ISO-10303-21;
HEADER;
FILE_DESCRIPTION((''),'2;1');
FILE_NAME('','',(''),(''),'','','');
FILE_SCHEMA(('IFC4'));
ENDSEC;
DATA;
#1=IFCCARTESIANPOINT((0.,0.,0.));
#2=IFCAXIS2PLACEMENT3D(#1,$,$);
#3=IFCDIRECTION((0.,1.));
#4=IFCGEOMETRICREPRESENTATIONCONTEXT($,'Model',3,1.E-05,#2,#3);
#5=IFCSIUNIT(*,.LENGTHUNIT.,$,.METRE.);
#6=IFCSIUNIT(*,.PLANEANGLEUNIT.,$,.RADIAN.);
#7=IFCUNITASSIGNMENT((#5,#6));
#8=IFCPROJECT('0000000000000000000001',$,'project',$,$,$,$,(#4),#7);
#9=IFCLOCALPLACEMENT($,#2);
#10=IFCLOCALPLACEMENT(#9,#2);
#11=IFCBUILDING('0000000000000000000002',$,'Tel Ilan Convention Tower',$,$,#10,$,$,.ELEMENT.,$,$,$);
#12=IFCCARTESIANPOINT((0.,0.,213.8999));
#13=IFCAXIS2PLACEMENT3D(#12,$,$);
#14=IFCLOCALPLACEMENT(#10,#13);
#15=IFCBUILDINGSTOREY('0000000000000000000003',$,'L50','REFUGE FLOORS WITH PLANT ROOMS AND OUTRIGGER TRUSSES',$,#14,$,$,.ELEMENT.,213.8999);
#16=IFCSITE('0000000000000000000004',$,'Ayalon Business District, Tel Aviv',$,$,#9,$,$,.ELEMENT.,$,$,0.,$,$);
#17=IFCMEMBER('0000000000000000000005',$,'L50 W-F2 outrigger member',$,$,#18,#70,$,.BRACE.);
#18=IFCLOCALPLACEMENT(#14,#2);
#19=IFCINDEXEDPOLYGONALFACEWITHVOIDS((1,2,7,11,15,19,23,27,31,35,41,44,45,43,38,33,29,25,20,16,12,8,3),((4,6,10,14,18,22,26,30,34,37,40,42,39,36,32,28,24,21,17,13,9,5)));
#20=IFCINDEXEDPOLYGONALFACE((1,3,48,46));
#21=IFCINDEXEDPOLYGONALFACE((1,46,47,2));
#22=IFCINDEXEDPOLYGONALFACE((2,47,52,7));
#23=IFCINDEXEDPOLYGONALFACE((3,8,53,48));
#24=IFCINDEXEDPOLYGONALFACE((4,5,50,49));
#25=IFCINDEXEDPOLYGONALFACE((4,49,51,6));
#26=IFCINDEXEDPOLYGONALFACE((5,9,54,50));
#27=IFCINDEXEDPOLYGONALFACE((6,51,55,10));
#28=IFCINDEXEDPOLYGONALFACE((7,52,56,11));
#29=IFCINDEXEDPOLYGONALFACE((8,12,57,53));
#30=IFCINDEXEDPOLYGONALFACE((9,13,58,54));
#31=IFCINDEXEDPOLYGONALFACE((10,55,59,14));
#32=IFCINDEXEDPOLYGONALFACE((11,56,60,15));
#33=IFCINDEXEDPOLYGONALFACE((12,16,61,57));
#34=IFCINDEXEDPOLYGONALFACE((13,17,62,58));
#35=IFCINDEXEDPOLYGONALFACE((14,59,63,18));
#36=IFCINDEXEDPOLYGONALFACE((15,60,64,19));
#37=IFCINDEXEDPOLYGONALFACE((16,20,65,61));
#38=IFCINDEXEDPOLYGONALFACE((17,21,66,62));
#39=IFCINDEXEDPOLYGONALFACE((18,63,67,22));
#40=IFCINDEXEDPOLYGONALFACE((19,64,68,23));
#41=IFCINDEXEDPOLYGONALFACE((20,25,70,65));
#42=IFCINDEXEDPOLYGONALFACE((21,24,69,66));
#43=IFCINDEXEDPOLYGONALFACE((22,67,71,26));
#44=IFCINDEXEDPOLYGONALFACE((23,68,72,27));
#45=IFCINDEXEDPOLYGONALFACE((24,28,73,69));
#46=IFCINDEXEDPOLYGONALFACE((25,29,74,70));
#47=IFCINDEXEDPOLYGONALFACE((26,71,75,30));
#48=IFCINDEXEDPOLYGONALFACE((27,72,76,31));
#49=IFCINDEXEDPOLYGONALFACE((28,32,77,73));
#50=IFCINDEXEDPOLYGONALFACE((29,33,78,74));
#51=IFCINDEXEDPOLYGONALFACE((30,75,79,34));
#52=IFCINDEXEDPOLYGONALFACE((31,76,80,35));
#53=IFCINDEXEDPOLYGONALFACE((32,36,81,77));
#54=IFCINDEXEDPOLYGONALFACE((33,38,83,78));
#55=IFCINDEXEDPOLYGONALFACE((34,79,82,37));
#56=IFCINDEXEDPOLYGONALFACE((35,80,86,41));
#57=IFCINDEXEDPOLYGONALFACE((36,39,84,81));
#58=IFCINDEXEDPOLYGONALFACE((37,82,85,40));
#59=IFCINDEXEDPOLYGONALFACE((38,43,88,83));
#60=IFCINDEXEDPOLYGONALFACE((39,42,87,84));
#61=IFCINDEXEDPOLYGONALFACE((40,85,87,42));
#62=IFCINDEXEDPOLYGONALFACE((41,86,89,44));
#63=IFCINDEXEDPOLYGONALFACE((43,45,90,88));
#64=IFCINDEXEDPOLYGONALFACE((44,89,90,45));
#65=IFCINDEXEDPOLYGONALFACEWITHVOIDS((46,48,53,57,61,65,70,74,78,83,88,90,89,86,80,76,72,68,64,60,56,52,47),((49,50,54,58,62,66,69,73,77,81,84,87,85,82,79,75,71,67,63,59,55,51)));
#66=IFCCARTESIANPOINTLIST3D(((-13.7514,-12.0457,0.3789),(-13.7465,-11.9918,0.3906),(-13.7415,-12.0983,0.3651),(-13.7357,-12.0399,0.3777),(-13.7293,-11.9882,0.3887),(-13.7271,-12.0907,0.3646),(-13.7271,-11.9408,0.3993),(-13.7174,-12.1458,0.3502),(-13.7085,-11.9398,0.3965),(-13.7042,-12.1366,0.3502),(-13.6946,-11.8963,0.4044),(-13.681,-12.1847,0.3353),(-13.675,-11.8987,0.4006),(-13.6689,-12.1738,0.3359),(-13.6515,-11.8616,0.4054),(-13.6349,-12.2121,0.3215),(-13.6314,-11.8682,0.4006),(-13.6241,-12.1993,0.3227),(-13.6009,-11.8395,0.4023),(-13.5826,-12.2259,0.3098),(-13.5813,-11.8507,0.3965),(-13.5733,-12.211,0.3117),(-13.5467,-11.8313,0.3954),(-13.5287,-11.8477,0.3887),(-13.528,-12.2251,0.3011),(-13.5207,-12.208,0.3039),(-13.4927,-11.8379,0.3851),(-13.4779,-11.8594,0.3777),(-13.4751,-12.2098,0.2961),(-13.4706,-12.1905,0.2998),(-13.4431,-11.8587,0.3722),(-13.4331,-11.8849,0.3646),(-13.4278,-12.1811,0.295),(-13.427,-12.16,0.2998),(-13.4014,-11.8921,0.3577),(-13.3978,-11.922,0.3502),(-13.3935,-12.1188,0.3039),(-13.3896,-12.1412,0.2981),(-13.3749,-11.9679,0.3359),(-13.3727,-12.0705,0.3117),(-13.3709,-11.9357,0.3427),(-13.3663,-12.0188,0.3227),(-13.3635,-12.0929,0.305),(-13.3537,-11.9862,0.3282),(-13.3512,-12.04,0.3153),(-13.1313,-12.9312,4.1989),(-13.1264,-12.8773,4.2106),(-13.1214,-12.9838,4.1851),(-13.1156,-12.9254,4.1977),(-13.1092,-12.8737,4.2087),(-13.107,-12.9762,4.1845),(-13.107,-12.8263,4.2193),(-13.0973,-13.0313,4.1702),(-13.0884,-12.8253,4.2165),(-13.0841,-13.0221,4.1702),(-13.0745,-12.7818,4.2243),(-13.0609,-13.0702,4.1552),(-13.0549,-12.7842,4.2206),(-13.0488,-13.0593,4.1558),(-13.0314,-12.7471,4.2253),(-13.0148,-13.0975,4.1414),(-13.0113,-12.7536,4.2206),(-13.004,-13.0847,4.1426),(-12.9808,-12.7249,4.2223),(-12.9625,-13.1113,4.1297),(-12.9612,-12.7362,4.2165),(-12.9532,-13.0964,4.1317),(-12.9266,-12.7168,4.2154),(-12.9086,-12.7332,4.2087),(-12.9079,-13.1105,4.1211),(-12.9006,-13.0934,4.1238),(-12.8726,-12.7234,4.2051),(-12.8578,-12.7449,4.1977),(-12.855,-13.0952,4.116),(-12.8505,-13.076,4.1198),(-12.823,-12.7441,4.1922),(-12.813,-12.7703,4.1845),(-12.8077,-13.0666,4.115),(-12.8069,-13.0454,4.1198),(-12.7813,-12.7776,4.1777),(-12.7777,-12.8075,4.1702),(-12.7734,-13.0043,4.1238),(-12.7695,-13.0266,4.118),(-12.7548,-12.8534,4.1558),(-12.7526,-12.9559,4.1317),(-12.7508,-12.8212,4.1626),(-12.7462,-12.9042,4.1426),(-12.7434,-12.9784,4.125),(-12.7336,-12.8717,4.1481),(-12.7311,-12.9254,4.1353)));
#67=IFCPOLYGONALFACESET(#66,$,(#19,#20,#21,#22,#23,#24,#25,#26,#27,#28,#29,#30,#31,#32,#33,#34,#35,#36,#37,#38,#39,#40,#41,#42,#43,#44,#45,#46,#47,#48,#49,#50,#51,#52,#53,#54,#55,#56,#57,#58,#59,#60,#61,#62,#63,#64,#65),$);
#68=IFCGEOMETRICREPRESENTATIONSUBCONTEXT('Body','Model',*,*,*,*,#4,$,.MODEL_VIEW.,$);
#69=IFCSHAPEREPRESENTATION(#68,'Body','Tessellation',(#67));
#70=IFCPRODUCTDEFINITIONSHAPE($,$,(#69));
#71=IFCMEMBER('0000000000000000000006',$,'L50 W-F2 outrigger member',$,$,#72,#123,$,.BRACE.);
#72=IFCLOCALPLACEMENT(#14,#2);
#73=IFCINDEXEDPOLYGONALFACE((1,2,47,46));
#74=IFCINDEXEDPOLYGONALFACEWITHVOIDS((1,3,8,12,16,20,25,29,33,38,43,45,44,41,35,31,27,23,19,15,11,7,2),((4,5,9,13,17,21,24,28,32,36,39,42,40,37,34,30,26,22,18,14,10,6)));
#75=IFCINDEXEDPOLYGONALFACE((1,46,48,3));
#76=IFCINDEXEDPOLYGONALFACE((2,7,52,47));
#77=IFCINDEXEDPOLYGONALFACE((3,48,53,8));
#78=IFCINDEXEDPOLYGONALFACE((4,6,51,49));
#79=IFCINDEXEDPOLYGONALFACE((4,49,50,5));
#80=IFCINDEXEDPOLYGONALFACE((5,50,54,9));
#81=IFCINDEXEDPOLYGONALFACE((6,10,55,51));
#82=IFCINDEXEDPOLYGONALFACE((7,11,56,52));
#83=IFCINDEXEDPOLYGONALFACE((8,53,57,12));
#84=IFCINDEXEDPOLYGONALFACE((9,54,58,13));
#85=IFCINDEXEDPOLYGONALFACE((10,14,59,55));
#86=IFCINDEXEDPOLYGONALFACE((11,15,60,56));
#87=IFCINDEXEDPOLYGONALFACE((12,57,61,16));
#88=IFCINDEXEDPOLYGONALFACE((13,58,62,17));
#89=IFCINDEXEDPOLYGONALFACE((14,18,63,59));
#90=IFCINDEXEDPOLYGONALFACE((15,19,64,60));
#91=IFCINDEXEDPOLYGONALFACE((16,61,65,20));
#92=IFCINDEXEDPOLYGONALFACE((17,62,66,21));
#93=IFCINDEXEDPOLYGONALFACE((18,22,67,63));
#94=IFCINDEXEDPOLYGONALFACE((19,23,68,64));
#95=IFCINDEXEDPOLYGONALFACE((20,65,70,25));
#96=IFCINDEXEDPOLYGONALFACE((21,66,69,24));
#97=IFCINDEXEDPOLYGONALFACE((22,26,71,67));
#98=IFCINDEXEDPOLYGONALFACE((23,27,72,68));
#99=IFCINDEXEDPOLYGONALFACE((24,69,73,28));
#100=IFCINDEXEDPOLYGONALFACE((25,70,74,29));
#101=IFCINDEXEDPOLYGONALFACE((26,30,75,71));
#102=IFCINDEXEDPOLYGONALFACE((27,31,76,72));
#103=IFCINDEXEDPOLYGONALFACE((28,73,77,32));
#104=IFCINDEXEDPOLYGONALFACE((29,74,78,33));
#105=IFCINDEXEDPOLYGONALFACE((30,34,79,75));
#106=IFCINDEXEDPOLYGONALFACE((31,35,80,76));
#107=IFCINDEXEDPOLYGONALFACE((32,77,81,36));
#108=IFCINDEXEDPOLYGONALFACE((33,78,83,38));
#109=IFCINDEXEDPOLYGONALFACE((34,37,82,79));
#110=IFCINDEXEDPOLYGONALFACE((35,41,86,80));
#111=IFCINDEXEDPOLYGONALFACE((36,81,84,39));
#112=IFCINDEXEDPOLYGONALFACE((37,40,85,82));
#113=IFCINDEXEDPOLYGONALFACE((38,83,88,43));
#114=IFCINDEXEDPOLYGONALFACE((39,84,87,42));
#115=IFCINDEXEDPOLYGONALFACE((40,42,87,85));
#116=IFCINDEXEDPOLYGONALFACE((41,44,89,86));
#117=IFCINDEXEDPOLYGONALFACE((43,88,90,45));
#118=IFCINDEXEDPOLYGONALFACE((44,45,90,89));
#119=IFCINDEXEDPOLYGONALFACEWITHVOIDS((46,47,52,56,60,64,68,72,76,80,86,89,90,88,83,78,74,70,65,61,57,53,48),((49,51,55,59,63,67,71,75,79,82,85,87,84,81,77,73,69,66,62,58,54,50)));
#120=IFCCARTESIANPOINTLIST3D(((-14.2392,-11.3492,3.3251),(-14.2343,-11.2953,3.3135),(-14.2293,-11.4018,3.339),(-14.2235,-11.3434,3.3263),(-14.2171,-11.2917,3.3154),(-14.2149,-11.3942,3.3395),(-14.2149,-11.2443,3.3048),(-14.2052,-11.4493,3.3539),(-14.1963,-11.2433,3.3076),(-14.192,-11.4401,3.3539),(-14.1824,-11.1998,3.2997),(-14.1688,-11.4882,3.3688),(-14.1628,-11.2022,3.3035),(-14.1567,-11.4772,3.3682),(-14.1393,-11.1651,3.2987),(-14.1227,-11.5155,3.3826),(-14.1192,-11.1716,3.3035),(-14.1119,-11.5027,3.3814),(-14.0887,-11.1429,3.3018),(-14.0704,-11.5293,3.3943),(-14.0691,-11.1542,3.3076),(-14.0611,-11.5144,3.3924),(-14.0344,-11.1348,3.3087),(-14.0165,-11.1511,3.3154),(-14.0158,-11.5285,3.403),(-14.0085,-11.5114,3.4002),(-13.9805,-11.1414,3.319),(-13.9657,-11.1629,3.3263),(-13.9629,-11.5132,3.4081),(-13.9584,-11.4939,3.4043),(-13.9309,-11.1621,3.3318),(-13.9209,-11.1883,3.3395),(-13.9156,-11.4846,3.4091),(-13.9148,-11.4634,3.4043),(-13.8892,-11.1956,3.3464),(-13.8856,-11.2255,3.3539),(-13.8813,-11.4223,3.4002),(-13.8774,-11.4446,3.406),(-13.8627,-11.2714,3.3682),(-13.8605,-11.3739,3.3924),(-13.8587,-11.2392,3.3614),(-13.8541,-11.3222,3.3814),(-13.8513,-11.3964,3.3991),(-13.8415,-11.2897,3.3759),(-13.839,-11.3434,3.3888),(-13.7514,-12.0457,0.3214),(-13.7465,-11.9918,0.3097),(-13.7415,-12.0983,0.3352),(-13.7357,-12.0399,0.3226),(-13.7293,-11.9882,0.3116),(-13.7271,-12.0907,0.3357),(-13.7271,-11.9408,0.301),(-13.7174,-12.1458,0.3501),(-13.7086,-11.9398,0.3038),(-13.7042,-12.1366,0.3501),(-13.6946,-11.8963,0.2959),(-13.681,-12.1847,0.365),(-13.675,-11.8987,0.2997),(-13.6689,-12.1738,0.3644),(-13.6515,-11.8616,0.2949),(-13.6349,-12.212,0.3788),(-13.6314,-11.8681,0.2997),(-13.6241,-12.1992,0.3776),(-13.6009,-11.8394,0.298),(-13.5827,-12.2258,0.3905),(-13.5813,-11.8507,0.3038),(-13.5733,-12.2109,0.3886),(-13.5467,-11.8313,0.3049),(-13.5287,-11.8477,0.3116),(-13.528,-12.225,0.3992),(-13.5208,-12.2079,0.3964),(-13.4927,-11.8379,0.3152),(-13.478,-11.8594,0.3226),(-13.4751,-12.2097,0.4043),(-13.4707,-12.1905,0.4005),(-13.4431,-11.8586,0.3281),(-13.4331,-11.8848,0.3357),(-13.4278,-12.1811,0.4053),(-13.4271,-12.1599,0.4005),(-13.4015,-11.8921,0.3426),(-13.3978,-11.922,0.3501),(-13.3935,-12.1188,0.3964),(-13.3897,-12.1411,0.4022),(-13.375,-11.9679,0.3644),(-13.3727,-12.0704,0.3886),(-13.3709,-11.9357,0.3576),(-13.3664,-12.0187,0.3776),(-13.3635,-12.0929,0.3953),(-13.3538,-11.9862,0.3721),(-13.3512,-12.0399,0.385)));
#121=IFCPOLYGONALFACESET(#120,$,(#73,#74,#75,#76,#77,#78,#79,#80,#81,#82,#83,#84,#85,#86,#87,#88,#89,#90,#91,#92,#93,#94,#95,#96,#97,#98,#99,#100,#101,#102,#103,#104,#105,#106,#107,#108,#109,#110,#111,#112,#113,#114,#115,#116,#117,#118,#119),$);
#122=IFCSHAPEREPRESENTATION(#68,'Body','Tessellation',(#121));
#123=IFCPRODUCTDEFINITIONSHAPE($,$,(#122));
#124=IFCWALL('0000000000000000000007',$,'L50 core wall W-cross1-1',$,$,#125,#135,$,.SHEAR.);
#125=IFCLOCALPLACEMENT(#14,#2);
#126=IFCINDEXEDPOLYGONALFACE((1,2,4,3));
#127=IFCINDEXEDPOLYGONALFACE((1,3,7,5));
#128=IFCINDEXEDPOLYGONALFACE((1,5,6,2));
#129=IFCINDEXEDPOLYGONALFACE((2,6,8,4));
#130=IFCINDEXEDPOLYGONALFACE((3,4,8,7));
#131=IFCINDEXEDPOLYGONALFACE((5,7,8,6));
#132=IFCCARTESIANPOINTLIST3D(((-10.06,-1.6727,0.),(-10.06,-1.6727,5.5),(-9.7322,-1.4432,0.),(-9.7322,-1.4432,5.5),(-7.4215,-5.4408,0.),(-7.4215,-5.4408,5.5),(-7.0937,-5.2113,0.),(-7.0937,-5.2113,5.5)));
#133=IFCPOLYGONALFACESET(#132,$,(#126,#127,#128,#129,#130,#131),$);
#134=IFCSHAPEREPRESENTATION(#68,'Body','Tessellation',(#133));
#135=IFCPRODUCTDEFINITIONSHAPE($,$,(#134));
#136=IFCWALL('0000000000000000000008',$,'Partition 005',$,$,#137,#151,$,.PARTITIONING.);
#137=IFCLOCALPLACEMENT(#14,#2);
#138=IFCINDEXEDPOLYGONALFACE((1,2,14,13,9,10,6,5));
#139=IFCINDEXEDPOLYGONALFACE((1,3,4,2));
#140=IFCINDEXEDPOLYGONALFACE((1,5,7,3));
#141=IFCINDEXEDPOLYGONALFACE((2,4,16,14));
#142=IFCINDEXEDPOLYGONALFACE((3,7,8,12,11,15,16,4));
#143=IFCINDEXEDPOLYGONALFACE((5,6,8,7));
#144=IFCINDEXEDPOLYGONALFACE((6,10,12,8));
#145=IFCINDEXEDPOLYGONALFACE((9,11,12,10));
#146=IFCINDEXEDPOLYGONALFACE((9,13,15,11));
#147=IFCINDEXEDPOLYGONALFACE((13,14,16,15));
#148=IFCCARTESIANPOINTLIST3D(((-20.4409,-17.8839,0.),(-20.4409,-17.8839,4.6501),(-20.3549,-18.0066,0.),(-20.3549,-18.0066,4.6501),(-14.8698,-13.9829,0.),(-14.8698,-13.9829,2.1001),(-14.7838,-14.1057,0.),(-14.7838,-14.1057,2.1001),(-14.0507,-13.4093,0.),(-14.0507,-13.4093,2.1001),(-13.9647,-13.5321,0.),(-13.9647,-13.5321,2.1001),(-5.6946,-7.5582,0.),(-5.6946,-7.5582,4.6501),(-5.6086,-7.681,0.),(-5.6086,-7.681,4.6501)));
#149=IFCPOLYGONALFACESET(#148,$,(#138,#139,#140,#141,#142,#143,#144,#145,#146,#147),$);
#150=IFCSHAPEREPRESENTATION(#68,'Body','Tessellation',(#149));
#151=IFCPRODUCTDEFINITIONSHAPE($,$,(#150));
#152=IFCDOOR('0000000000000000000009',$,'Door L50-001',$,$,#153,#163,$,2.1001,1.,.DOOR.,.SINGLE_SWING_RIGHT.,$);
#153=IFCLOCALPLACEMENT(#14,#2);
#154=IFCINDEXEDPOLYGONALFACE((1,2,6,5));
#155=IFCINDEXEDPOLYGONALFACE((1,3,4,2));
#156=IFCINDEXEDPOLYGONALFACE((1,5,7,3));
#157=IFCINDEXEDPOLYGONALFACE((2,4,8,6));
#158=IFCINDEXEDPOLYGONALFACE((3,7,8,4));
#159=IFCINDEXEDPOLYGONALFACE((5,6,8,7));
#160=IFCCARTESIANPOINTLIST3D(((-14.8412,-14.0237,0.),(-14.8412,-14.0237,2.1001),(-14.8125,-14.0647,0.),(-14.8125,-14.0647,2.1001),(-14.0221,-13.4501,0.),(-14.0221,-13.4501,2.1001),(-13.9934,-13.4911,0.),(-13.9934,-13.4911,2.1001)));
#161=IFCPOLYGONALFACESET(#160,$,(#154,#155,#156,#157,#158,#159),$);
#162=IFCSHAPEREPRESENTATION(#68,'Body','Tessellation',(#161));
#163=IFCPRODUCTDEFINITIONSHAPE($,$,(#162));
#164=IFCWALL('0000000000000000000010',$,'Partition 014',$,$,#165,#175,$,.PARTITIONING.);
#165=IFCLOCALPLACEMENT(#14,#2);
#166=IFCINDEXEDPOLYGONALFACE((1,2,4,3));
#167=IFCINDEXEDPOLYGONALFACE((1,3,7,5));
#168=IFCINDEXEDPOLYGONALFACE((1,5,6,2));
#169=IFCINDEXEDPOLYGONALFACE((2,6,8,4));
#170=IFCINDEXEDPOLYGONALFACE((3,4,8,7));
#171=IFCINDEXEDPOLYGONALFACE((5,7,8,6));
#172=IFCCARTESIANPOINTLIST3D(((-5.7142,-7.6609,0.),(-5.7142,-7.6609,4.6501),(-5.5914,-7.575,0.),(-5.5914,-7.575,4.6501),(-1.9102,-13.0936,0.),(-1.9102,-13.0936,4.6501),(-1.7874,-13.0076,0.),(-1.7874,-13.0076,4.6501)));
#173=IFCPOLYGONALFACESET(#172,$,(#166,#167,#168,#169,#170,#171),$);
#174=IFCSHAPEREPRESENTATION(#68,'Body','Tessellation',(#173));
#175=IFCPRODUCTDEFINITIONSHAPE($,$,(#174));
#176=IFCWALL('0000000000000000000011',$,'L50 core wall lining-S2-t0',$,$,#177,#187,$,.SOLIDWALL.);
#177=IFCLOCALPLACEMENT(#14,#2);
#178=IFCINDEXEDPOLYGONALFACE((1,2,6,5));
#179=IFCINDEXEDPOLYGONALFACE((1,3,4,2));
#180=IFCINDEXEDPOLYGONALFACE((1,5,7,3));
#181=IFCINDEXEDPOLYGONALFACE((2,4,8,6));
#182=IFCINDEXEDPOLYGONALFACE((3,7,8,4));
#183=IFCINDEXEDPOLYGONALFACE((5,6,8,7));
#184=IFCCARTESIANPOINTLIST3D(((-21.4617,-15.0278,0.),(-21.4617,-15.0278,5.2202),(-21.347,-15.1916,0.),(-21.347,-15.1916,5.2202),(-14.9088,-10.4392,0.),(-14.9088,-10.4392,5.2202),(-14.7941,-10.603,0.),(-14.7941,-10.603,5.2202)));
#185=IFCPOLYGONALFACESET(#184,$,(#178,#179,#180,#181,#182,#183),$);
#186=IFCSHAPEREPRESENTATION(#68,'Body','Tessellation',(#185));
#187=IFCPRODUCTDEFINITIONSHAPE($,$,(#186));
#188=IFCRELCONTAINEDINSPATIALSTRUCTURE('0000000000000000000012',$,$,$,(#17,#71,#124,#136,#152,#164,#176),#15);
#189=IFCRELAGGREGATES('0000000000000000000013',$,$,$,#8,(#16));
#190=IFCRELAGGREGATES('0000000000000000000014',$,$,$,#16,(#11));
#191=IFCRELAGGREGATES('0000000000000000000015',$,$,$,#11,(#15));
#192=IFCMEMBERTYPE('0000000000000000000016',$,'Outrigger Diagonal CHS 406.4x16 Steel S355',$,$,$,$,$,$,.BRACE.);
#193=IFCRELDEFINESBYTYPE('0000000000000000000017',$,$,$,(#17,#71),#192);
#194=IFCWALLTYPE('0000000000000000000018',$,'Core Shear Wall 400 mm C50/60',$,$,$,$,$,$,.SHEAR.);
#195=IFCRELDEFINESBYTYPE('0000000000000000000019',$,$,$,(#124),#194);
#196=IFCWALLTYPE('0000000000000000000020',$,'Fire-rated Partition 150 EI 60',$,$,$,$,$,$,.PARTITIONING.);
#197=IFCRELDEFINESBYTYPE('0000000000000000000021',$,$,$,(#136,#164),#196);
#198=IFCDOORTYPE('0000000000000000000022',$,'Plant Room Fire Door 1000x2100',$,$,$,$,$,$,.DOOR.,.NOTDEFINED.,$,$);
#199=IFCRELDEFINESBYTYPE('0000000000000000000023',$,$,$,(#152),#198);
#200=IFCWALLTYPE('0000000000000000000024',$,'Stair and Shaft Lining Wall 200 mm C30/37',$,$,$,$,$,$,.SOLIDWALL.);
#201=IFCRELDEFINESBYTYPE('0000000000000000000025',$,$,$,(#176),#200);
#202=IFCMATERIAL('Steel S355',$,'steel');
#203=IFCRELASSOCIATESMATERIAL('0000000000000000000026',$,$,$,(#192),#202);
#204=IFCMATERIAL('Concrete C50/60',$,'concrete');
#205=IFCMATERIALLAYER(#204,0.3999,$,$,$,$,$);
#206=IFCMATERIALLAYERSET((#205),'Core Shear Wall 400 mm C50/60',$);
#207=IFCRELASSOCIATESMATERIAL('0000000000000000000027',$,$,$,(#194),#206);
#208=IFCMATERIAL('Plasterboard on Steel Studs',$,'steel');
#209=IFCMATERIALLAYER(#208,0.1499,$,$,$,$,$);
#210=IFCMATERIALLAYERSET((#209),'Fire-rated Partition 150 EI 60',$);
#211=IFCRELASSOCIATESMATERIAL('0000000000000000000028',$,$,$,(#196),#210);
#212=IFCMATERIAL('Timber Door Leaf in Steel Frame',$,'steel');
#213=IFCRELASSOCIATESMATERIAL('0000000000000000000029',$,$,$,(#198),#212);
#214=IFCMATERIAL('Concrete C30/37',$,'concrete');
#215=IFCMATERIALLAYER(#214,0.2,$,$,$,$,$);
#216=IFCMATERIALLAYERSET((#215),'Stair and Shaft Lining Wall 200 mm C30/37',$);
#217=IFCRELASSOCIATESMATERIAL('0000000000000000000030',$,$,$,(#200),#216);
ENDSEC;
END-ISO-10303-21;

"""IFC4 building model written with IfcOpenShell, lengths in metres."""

from ifc_helpers import new_model, si_unit, direction, frame, frame_2d, origin, origin_2d, place, context, subcontext, project, spatial, polyline, rectangle, hollow_circle, outline, extrude, material, layer, layer_set, material_profile, profile_set, type_object, element, fill, save


model = new_model("IFC4")

# Units and contexts
model_context = context("Model", 3, precision=1e-05, world=origin(), true_north=direction((0.0, 1.0)))
body_context = subcontext(model_context, "Body", "Model", "MODEL_VIEW")
ifc_project = project(units=[si_unit("LENGTHUNIT", "METRE"), si_unit("PLANEANGLEUNIT", "RADIAN")], contexts=[model_context])

# Site, building, storey
site_placement = place(None, origin())
site = spatial("IfcSite", under=ifc_project, at=site_placement, Name="Ayalon Business District, Tel Aviv", CompositionType="ELEMENT", RefElevation=0.0)
building_placement = place(site_placement, origin())
building = spatial("IfcBuilding", under=site, at=building_placement, Name="Tel Ilan Convention Tower", CompositionType="ELEMENT")
storey_placement = place(building_placement, frame((0.0, 0.0, 213.8999)))
storey = spatial("IfcBuildingStorey", under=building, at=storey_placement, Name="L50", Description="REFUGE FLOORS WITH PLANT ROOMS AND OUTRIGGER TRUSSES", CompositionType="ELEMENT", Elevation=213.8999)

# Members
ifc_material_1 = material(Name="Steel S355", Category="steel")
ifc_material_profile_1 = material_profile(ifc_material_1, hollow_circle(Radius=0.2031, WallThickness=0.0161, at=origin_2d()), Name="CHS 406.4x16")
ifc_profile_set_1 = profile_set([ifc_material_profile_1], Name="Steel S355")
member_type_1 = type_object("IfcMemberType", Name="Outrigger Diagonal CHS 406.4x16 Steel S355", PredefinedType="BRACE", material=ifc_profile_set_1)
member_1_placement = place(storey_placement, frame((-12.9309, -12.9148, 4.1702), z_axis=(-0.156197, 0.223043, -0.962213), x_axis=(-0.819115, -0.573629, 0.0)))
element("IfcMember", 1, at=member_1_placement, inside=storey, type_object=member_type_1, Name="L50 W-F2 outrigger member", PredefinedType="BRACE", context=body_context, shape_type="SweptSolid", body=[
    extrude(hollow_circle(Radius=0.2031, WallThickness=0.0161, at=origin_2d()), origin(), (0.0, 0.0, 1.0), 3.97),
])
member_2_placement = place(storey_placement, frame((-13.551, -12.0293, 0.3501), z_axis=(-0.156246, 0.223109, 0.96219), x_axis=(-0.819111, -0.573636, 0.0)))
element("IfcMember", 2, at=member_2_placement, inside=storey, type_object=member_type_1, Name="L50 W-F2 outrigger member", PredefinedType="BRACE", context=body_context, shape_type="SweptSolid", body=[
    extrude(hollow_circle(Radius=0.2031, WallThickness=0.0161, at=origin_2d()), origin(), (0.0, 0.0, 1.0), 3.1218),
])

# Wall
ifc_material_2 = material(Name="Concrete C50/60", Category="concrete")
ifc_layer_1 = layer(ifc_material_2, 0.3999)
ifc_layer_set_1 = layer_set([ifc_layer_1], Name="Core Shear Wall 400 mm C50/60")
wall_type_1 = type_object("IfcWallType", Name="Core Shear Wall 400 mm C50/60", PredefinedType="SHEAR", material=ifc_layer_set_1)
wall_1_placement = place(storey_placement, frame((-7.2578, -5.3259, 0.0), z_axis=(0.0, 0.0, 1.0), x_axis=(-0.573541, 0.819177, 0.0)))
element("IfcWall", 3, at=wall_1_placement, inside=storey, type_object=wall_type_1, Name="L50 core wall W-cross1-1", PredefinedType="SHEAR", context=body_context, shape_type="SweptSolid", body=[
    extrude(outline(polyline([(4.5999, 0.2002), (-0.0002, 0.2), (-0.0002, -0.2002), (4.5999, -0.2), (4.5999, 0.2002)])), origin(), (0.0, 0.0, 1.0), 5.5),
])

# Wall, opening, door
ifc_material_3 = material(Name="Plasterboard on Steel Studs", Category="steel")
ifc_layer_2 = layer(ifc_material_3, 0.1499)
ifc_layer_set_2 = layer_set([ifc_layer_2], Name="Fire-rated Partition 150 EI 60")
wall_type_2 = type_object("IfcWallType", Name="Fire-rated Partition 150 EI 60", PredefinedType="PARTITIONING", material=ifc_layer_set_2)
wall_2_placement = place(storey_placement, frame((-5.6516, -7.6196, 0.0), z_axis=(0.0, 0.0, 1.0), x_axis=(-0.819147, -0.573583, 0.0)))
wall_2 = element("IfcWall", 4, at=wall_2_placement, inside=storey, type_object=wall_type_2, Name="Partition 005", PredefinedType="PARTITIONING", context=body_context, shape_type="SweptSolid", body=[
    extrude(rectangle(XDim=18.002, YDim=0.1499, at=frame_2d((9.001, 0.0))), origin(), (0.0, 0.0, 1.0), 4.6501),
])
opening_placement = place(wall_2_placement, frame((10.2009, 0.0, 0.0)))
opening = element("IfcOpeningElement", 5, at=opening_placement, cuts=wall_2, PredefinedType="OPENING", context=body_context, shape_type="SweptSolid", body=[
    extrude(rectangle(XDim=1.0, YDim=2.1001, at=frame_2d((0.5, 1.05))), frame((0.0, 0.085, 0.0), z_axis=(0.0, -1.0, 0.0), x_axis=(1.0, 0.0, 0.0)), (0.0, 0.0, 1.0), 0.1699),
])
ifc_material_4 = material(Name="Timber Door Leaf in Steel Frame", Category="steel")
door_type = type_object("IfcDoorType", Name="Plant Room Fire Door 1000x2100", OperationType="NOTDEFINED", PredefinedType="DOOR", material=ifc_material_4)
door_placement = place(opening_placement, origin())
door = element("IfcDoor", 6, at=door_placement, inside=storey, type_object=door_type, Name="Door L50-001", OperationType="SINGLE_SWING_RIGHT", OverallHeight=2.1001, OverallWidth=1.0, PredefinedType="DOOR", context=body_context, shape_type="SweptSolid", body=[
    extrude(rectangle(XDim=1.0, YDim=2.1001, at=frame_2d((0.5, 1.05))), frame((0.0, 0.0249, 0.0), z_axis=(0.0, -1.0, 0.0), x_axis=(1.0, 0.0, 0.0)), (0.0, 0.0, 1.0), 0.05),
])
fill(opening, door)

# Walls
wall_3_placement = place(storey_placement, frame((-1.8489, -13.0505, 0.0), z_axis=(0.0, 0.0, 1.0), x_axis=(-0.573576, 0.819152, 0.0)))
element("IfcWall", 7, at=wall_3_placement, inside=storey, type_object=wall_type_2, Name="Partition 014", PredefinedType="PARTITIONING", context=body_context, shape_type="SweptSolid", body=[
    extrude(rectangle(XDim=6.6321, YDim=0.1499, at=frame_2d((3.3159, 0.0))), origin(), (0.0, 0.0, 1.0), 4.6501),
])
ifc_material_5 = material(Name="Concrete C30/37", Category="concrete")
ifc_layer_3 = layer(ifc_material_5, 0.2)
ifc_layer_set_3 = layer_set([ifc_layer_3], Name="Stair and Shaft Lining Wall 200 mm C30/37")
wall_type_3 = type_object("IfcWallType", Name="Stair and Shaft Lining Wall 200 mm C30/37", PredefinedType="SOLIDWALL", material=ifc_layer_set_3)
wall_4_placement = place(storey_placement, frame((-14.8513, -10.521, 0.0), z_axis=(0.0, 0.0, 1.0), x_axis=(-0.819142, -0.573591, 0.0)))
element("IfcWall", 8, at=wall_4_placement, inside=storey, type_object=wall_type_3, Name="L50 core wall lining-S2-t0", PredefinedType="SOLIDWALL", context=body_context, shape_type="SweptSolid", body=[
    extrude(rectangle(XDim=7.9998, YDim=0.2, at=frame_2d((4.0, 0.0))), origin(), (0.0, 0.0, 1.0), 5.2202),
])

save(model, "model.ifc")
